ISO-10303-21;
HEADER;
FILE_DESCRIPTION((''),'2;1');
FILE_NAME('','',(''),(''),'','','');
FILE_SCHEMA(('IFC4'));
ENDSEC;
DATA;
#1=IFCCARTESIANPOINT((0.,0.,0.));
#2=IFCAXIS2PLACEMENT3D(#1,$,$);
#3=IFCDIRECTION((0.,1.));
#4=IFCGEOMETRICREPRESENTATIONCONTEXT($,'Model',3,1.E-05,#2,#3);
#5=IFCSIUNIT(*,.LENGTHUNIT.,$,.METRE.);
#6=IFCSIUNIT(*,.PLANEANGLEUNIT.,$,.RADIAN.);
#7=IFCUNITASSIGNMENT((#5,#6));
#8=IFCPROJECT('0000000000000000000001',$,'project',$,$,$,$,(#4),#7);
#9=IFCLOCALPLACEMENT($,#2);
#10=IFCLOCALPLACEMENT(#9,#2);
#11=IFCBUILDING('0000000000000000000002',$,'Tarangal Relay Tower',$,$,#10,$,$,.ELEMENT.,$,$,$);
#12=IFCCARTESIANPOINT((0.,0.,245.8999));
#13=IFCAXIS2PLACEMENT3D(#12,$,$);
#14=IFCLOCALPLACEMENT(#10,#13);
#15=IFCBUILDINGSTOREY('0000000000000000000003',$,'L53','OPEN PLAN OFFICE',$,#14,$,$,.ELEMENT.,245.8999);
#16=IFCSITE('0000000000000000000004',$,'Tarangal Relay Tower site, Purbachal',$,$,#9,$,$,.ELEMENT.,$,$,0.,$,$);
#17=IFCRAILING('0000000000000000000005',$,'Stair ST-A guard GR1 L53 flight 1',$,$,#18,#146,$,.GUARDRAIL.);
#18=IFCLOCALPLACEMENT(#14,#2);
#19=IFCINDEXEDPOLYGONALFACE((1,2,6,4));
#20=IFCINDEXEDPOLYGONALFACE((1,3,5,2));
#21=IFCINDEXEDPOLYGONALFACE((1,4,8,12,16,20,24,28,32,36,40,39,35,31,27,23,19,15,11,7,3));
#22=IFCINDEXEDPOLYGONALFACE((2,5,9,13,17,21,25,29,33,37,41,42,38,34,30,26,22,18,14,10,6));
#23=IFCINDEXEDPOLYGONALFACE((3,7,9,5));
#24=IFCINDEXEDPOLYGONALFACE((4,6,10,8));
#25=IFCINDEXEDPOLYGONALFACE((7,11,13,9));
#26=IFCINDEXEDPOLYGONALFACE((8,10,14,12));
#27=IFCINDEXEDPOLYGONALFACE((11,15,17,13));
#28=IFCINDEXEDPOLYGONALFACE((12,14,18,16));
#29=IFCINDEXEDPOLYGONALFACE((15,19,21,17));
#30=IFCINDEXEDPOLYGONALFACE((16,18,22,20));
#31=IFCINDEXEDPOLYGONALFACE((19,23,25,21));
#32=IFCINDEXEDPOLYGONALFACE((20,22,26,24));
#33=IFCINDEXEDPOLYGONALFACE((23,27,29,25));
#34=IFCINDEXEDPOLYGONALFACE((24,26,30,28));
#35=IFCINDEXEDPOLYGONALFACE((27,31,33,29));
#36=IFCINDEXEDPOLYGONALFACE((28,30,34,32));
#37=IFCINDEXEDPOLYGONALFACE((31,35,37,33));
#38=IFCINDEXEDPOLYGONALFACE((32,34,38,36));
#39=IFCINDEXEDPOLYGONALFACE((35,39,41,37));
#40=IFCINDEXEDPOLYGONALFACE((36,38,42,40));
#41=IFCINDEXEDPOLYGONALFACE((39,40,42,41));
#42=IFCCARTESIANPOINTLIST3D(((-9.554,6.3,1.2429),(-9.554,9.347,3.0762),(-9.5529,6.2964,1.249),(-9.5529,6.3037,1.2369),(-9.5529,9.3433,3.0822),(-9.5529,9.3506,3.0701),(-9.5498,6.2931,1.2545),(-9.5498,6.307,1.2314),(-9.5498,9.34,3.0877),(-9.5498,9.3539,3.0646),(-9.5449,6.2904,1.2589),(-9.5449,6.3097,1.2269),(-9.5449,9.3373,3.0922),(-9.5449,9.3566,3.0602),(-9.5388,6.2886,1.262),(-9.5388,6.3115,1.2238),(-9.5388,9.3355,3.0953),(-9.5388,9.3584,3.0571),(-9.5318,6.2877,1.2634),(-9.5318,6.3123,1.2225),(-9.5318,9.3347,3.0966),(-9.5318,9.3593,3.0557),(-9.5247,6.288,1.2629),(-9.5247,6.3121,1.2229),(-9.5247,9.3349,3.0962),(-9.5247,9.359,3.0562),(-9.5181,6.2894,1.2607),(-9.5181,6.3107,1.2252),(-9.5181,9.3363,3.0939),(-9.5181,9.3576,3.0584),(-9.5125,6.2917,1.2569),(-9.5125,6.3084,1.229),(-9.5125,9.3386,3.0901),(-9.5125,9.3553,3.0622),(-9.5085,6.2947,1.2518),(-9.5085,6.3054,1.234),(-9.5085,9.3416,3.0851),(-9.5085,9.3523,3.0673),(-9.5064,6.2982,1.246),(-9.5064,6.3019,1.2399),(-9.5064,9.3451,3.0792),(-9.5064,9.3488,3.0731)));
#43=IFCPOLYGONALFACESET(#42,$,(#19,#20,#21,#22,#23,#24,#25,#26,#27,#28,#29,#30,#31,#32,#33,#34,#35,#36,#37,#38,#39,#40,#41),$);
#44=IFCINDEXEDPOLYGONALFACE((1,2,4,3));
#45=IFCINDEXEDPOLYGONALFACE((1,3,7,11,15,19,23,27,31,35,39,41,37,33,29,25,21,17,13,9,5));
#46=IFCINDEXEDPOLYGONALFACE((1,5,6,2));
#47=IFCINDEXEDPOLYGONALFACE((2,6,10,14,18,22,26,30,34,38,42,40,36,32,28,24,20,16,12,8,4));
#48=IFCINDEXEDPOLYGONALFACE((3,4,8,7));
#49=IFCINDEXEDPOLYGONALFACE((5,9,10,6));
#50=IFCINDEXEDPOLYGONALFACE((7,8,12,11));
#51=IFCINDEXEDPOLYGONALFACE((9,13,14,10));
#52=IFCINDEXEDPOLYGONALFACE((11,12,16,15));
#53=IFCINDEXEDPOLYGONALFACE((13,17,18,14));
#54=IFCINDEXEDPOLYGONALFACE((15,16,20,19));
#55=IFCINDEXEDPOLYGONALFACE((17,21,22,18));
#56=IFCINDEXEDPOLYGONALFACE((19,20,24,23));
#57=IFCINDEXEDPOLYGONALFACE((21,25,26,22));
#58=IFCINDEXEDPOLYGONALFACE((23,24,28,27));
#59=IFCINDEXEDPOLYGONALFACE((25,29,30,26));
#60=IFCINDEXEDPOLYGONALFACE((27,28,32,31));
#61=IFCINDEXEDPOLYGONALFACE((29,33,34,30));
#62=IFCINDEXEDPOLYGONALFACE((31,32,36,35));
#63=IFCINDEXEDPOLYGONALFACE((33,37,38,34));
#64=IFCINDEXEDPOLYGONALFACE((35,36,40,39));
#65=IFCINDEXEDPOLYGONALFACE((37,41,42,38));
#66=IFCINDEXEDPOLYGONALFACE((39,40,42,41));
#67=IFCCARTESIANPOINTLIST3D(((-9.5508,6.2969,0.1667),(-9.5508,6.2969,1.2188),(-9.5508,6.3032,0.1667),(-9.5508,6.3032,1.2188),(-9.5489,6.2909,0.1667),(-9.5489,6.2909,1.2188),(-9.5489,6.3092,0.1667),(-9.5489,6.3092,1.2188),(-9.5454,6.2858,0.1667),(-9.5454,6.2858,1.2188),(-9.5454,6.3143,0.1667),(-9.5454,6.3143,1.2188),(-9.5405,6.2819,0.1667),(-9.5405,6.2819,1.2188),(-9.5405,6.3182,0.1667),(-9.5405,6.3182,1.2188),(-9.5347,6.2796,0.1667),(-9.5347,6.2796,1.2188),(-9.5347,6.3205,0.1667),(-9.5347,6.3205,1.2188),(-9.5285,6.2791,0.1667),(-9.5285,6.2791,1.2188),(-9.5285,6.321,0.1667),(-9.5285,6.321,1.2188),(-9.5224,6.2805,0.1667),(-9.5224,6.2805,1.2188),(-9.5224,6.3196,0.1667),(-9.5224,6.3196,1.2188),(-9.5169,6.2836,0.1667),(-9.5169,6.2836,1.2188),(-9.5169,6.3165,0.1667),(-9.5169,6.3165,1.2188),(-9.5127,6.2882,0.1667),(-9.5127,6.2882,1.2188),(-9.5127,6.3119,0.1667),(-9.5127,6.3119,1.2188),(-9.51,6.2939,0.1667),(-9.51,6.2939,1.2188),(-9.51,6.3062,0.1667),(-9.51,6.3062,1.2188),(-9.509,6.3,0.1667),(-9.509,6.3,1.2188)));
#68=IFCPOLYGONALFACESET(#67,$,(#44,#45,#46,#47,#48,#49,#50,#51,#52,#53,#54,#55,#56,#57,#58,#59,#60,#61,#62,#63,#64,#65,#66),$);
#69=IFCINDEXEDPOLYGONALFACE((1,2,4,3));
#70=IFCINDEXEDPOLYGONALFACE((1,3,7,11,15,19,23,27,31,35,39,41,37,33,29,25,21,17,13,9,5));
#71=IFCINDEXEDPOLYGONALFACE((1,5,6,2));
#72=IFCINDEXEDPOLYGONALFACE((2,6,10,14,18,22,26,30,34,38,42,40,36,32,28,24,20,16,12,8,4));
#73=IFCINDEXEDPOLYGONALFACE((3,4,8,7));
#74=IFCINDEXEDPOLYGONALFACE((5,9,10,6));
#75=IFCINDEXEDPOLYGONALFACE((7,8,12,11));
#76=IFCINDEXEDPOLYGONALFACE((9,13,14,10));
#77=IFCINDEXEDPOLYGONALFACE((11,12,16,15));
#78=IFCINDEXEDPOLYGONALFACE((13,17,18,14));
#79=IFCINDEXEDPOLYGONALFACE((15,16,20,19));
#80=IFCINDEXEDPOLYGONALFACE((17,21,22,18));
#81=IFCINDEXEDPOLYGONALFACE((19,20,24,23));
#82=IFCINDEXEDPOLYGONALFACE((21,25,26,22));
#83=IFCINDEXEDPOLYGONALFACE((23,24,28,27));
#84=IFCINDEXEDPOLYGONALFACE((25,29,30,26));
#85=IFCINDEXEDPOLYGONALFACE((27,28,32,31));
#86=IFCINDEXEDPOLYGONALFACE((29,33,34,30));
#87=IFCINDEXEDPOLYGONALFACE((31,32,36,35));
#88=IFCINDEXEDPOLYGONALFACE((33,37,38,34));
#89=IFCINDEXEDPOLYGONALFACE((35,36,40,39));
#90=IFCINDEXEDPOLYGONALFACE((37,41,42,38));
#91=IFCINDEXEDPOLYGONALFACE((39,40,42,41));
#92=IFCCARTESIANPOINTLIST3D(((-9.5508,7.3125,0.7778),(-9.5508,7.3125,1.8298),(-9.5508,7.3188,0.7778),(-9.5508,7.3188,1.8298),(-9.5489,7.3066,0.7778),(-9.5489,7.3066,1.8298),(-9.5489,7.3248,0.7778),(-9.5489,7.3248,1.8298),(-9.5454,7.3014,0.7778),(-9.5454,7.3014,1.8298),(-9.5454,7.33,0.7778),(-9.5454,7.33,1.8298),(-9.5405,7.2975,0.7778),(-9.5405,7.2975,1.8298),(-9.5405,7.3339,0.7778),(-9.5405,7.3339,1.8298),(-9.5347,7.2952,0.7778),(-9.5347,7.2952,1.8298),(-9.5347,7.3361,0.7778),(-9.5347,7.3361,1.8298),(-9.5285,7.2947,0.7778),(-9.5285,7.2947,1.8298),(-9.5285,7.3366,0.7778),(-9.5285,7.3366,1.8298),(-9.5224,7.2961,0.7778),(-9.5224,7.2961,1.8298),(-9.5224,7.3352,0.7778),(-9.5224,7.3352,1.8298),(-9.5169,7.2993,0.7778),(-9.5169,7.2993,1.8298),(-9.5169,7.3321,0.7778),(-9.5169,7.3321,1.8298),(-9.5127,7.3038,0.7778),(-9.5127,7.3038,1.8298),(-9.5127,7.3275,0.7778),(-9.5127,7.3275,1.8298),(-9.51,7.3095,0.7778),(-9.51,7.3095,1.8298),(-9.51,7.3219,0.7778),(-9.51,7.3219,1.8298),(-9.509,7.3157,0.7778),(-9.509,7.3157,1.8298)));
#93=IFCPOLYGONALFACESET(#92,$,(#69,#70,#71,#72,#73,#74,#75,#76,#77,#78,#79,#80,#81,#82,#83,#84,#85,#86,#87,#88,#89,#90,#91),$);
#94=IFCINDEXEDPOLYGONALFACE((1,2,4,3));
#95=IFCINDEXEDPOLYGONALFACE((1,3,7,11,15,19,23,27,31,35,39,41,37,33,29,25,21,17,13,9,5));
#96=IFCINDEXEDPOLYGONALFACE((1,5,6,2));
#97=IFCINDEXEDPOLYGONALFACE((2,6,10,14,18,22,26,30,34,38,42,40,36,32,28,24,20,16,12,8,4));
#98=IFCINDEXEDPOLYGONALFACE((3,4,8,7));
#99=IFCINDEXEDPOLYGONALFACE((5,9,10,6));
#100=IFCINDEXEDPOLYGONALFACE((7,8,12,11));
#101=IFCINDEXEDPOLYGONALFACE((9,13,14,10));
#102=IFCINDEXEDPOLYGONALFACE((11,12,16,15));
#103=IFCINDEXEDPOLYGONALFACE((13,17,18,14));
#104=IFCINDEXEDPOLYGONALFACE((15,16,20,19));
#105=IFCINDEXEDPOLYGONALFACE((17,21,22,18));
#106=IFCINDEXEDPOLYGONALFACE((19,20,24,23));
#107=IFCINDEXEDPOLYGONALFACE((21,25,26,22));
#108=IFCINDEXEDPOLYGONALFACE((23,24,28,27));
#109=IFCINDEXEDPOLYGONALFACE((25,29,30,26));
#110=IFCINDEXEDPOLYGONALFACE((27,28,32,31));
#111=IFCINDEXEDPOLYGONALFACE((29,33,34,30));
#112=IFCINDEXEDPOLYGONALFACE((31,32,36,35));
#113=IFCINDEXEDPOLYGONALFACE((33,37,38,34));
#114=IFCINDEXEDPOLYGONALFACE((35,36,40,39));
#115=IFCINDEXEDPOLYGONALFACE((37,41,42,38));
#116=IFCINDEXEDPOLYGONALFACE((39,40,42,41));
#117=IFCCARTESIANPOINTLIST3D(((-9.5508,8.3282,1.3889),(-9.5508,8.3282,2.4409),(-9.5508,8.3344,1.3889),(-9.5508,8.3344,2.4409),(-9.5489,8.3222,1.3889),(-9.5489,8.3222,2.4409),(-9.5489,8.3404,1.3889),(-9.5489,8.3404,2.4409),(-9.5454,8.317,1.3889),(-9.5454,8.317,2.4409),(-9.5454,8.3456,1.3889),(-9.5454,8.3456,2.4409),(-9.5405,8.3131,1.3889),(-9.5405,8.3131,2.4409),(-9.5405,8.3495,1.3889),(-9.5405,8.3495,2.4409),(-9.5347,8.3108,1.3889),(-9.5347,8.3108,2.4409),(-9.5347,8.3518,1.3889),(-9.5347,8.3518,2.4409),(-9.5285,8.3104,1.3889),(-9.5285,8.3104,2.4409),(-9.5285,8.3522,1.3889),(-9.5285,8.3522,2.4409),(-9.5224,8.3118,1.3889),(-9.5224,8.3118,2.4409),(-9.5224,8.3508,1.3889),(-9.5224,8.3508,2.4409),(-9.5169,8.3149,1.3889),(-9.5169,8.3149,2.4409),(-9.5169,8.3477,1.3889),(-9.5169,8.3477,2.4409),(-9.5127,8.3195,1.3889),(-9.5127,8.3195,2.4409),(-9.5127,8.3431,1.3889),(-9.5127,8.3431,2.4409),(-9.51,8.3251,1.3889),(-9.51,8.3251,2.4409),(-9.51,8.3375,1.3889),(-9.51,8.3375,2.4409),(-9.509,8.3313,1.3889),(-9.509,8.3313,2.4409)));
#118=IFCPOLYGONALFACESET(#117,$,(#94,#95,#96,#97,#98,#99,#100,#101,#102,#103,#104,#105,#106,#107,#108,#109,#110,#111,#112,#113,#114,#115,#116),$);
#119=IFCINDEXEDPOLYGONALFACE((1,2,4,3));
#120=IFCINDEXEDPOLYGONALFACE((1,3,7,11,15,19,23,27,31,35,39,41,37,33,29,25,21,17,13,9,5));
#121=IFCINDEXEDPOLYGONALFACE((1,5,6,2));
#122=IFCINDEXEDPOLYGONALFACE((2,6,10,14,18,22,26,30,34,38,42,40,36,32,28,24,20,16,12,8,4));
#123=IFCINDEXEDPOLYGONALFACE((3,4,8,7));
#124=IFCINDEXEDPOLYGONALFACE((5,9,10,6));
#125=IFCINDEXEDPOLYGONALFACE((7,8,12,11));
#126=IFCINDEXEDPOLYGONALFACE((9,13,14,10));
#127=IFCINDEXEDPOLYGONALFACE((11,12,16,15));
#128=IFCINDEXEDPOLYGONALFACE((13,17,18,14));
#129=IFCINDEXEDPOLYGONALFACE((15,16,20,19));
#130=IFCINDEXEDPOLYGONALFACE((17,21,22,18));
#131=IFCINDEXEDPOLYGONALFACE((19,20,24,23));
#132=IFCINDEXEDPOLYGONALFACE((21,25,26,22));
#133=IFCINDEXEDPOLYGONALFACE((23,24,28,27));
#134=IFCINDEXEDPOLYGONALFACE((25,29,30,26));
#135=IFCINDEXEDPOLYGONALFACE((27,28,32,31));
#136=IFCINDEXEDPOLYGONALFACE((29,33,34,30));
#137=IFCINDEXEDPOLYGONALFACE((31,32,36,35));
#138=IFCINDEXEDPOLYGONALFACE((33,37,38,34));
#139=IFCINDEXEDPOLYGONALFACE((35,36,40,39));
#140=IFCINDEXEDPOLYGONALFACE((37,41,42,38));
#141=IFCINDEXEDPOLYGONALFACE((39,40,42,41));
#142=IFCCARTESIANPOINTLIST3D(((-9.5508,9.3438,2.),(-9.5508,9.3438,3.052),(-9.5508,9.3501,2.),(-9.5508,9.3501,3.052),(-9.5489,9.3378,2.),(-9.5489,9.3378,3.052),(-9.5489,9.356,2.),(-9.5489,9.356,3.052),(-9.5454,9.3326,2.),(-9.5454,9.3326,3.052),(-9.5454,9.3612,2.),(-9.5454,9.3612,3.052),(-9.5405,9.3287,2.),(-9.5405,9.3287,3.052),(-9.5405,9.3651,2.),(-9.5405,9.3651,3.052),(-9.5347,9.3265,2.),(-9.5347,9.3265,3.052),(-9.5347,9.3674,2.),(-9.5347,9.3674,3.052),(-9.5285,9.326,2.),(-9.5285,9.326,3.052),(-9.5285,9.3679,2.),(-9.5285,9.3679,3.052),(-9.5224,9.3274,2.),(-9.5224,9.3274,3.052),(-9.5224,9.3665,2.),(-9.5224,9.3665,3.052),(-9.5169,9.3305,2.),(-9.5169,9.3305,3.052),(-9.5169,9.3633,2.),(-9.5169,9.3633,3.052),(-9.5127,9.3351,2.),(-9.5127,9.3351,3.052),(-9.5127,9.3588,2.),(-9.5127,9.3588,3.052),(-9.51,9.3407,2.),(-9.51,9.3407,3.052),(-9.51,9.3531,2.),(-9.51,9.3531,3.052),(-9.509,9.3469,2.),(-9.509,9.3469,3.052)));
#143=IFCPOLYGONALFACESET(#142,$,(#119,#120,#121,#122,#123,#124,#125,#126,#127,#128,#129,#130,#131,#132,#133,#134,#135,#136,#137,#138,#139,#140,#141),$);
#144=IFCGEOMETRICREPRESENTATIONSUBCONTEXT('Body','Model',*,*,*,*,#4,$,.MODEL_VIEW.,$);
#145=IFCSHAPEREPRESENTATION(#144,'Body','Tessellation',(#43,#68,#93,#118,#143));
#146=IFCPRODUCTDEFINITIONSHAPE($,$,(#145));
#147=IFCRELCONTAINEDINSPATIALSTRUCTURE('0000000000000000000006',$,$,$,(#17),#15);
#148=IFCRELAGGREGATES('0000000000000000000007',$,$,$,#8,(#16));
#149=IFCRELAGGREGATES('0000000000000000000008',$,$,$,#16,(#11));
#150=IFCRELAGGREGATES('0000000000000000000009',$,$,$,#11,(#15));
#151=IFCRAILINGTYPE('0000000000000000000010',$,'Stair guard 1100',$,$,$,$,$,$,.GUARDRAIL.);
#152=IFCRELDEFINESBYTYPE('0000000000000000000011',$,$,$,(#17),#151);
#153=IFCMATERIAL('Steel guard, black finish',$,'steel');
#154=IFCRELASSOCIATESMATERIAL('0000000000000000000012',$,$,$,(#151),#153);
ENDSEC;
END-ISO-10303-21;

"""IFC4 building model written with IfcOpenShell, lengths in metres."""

from ifc_helpers import new_model, si_unit, direction, frame, origin, origin_2d, place, context, subcontext, project, spatial, circle, extrude, material, type_object, element, save


model = new_model("IFC4")

# Units and contexts
model_context = context("Model", 3, precision=1e-05, world=origin(), true_north=direction((0.0, 1.0)))
body_context = subcontext(model_context, "Body", "Model", "MODEL_VIEW")
ifc_project = project(units=[si_unit("LENGTHUNIT", "METRE"), si_unit("PLANEANGLEUNIT", "RADIAN")], contexts=[model_context])

# Site, building, storey
site_placement = place(None, origin())
site = spatial("IfcSite", under=ifc_project, at=site_placement, Name="Tarangal Relay Tower site, Purbachal", CompositionType="ELEMENT", RefElevation=0.0)
building_placement = place(site_placement, origin())
building = spatial("IfcBuilding", under=site, at=building_placement, Name="Tarangal Relay Tower", CompositionType="ELEMENT")
storey_placement = place(building_placement, frame((0.0, 0.0, 245.8999)))
storey = spatial("IfcBuildingStorey", under=building, at=storey_placement, Name="L53", Description="OPEN PLAN OFFICE", CompositionType="ELEMENT", Elevation=245.8999)

# Railing
ifc_material_1 = material(Name="Steel guard, black finish", Category="steel")
railing_type_1 = type_object("IfcRailingType", Name="Stair guard 1100", PredefinedType="GUARDRAIL", material=ifc_material_1)
railing_1_placement = place(storey_placement, frame((-9.53, 6.3, 0.1667)))
element("IfcRailing", 1, at=railing_1_placement, inside=storey, type_object=railing_type_1, Name="Stair ST-A guard GR1 L53 flight 1", PredefinedType="GUARDRAIL", context=body_context, shape_type="SweptSolid", body=[
    extrude(circle(Radius=0.0239, at=origin_2d()), frame((0.0, 0.0, 1.0762), z_axis=(0.0, 0.856856, 0.515556), x_axis=(-1.0, 0.0, 0.0)), (0.0, 0.0, 1.0), 3.5559),
    extrude(circle(Radius=0.021, at=origin_2d()), origin(), (0.0, 0.0, 1.0), 1.052),
    extrude(circle(Radius=0.021, at=origin_2d()), frame((0.0, 1.0156, 0.6111)), (0.0, 0.0, 1.0), 1.052),
    extrude(circle(Radius=0.021, at=origin_2d()), frame((0.0, 2.0312, 1.2222)), (0.0, 0.0, 1.0), 1.052),
    extrude(circle(Radius=0.021, at=origin_2d()), frame((0.0, 3.0469, 1.8333)), (0.0, 0.0, 1.0), 1.052),
])

save(model, "model.ifc")
